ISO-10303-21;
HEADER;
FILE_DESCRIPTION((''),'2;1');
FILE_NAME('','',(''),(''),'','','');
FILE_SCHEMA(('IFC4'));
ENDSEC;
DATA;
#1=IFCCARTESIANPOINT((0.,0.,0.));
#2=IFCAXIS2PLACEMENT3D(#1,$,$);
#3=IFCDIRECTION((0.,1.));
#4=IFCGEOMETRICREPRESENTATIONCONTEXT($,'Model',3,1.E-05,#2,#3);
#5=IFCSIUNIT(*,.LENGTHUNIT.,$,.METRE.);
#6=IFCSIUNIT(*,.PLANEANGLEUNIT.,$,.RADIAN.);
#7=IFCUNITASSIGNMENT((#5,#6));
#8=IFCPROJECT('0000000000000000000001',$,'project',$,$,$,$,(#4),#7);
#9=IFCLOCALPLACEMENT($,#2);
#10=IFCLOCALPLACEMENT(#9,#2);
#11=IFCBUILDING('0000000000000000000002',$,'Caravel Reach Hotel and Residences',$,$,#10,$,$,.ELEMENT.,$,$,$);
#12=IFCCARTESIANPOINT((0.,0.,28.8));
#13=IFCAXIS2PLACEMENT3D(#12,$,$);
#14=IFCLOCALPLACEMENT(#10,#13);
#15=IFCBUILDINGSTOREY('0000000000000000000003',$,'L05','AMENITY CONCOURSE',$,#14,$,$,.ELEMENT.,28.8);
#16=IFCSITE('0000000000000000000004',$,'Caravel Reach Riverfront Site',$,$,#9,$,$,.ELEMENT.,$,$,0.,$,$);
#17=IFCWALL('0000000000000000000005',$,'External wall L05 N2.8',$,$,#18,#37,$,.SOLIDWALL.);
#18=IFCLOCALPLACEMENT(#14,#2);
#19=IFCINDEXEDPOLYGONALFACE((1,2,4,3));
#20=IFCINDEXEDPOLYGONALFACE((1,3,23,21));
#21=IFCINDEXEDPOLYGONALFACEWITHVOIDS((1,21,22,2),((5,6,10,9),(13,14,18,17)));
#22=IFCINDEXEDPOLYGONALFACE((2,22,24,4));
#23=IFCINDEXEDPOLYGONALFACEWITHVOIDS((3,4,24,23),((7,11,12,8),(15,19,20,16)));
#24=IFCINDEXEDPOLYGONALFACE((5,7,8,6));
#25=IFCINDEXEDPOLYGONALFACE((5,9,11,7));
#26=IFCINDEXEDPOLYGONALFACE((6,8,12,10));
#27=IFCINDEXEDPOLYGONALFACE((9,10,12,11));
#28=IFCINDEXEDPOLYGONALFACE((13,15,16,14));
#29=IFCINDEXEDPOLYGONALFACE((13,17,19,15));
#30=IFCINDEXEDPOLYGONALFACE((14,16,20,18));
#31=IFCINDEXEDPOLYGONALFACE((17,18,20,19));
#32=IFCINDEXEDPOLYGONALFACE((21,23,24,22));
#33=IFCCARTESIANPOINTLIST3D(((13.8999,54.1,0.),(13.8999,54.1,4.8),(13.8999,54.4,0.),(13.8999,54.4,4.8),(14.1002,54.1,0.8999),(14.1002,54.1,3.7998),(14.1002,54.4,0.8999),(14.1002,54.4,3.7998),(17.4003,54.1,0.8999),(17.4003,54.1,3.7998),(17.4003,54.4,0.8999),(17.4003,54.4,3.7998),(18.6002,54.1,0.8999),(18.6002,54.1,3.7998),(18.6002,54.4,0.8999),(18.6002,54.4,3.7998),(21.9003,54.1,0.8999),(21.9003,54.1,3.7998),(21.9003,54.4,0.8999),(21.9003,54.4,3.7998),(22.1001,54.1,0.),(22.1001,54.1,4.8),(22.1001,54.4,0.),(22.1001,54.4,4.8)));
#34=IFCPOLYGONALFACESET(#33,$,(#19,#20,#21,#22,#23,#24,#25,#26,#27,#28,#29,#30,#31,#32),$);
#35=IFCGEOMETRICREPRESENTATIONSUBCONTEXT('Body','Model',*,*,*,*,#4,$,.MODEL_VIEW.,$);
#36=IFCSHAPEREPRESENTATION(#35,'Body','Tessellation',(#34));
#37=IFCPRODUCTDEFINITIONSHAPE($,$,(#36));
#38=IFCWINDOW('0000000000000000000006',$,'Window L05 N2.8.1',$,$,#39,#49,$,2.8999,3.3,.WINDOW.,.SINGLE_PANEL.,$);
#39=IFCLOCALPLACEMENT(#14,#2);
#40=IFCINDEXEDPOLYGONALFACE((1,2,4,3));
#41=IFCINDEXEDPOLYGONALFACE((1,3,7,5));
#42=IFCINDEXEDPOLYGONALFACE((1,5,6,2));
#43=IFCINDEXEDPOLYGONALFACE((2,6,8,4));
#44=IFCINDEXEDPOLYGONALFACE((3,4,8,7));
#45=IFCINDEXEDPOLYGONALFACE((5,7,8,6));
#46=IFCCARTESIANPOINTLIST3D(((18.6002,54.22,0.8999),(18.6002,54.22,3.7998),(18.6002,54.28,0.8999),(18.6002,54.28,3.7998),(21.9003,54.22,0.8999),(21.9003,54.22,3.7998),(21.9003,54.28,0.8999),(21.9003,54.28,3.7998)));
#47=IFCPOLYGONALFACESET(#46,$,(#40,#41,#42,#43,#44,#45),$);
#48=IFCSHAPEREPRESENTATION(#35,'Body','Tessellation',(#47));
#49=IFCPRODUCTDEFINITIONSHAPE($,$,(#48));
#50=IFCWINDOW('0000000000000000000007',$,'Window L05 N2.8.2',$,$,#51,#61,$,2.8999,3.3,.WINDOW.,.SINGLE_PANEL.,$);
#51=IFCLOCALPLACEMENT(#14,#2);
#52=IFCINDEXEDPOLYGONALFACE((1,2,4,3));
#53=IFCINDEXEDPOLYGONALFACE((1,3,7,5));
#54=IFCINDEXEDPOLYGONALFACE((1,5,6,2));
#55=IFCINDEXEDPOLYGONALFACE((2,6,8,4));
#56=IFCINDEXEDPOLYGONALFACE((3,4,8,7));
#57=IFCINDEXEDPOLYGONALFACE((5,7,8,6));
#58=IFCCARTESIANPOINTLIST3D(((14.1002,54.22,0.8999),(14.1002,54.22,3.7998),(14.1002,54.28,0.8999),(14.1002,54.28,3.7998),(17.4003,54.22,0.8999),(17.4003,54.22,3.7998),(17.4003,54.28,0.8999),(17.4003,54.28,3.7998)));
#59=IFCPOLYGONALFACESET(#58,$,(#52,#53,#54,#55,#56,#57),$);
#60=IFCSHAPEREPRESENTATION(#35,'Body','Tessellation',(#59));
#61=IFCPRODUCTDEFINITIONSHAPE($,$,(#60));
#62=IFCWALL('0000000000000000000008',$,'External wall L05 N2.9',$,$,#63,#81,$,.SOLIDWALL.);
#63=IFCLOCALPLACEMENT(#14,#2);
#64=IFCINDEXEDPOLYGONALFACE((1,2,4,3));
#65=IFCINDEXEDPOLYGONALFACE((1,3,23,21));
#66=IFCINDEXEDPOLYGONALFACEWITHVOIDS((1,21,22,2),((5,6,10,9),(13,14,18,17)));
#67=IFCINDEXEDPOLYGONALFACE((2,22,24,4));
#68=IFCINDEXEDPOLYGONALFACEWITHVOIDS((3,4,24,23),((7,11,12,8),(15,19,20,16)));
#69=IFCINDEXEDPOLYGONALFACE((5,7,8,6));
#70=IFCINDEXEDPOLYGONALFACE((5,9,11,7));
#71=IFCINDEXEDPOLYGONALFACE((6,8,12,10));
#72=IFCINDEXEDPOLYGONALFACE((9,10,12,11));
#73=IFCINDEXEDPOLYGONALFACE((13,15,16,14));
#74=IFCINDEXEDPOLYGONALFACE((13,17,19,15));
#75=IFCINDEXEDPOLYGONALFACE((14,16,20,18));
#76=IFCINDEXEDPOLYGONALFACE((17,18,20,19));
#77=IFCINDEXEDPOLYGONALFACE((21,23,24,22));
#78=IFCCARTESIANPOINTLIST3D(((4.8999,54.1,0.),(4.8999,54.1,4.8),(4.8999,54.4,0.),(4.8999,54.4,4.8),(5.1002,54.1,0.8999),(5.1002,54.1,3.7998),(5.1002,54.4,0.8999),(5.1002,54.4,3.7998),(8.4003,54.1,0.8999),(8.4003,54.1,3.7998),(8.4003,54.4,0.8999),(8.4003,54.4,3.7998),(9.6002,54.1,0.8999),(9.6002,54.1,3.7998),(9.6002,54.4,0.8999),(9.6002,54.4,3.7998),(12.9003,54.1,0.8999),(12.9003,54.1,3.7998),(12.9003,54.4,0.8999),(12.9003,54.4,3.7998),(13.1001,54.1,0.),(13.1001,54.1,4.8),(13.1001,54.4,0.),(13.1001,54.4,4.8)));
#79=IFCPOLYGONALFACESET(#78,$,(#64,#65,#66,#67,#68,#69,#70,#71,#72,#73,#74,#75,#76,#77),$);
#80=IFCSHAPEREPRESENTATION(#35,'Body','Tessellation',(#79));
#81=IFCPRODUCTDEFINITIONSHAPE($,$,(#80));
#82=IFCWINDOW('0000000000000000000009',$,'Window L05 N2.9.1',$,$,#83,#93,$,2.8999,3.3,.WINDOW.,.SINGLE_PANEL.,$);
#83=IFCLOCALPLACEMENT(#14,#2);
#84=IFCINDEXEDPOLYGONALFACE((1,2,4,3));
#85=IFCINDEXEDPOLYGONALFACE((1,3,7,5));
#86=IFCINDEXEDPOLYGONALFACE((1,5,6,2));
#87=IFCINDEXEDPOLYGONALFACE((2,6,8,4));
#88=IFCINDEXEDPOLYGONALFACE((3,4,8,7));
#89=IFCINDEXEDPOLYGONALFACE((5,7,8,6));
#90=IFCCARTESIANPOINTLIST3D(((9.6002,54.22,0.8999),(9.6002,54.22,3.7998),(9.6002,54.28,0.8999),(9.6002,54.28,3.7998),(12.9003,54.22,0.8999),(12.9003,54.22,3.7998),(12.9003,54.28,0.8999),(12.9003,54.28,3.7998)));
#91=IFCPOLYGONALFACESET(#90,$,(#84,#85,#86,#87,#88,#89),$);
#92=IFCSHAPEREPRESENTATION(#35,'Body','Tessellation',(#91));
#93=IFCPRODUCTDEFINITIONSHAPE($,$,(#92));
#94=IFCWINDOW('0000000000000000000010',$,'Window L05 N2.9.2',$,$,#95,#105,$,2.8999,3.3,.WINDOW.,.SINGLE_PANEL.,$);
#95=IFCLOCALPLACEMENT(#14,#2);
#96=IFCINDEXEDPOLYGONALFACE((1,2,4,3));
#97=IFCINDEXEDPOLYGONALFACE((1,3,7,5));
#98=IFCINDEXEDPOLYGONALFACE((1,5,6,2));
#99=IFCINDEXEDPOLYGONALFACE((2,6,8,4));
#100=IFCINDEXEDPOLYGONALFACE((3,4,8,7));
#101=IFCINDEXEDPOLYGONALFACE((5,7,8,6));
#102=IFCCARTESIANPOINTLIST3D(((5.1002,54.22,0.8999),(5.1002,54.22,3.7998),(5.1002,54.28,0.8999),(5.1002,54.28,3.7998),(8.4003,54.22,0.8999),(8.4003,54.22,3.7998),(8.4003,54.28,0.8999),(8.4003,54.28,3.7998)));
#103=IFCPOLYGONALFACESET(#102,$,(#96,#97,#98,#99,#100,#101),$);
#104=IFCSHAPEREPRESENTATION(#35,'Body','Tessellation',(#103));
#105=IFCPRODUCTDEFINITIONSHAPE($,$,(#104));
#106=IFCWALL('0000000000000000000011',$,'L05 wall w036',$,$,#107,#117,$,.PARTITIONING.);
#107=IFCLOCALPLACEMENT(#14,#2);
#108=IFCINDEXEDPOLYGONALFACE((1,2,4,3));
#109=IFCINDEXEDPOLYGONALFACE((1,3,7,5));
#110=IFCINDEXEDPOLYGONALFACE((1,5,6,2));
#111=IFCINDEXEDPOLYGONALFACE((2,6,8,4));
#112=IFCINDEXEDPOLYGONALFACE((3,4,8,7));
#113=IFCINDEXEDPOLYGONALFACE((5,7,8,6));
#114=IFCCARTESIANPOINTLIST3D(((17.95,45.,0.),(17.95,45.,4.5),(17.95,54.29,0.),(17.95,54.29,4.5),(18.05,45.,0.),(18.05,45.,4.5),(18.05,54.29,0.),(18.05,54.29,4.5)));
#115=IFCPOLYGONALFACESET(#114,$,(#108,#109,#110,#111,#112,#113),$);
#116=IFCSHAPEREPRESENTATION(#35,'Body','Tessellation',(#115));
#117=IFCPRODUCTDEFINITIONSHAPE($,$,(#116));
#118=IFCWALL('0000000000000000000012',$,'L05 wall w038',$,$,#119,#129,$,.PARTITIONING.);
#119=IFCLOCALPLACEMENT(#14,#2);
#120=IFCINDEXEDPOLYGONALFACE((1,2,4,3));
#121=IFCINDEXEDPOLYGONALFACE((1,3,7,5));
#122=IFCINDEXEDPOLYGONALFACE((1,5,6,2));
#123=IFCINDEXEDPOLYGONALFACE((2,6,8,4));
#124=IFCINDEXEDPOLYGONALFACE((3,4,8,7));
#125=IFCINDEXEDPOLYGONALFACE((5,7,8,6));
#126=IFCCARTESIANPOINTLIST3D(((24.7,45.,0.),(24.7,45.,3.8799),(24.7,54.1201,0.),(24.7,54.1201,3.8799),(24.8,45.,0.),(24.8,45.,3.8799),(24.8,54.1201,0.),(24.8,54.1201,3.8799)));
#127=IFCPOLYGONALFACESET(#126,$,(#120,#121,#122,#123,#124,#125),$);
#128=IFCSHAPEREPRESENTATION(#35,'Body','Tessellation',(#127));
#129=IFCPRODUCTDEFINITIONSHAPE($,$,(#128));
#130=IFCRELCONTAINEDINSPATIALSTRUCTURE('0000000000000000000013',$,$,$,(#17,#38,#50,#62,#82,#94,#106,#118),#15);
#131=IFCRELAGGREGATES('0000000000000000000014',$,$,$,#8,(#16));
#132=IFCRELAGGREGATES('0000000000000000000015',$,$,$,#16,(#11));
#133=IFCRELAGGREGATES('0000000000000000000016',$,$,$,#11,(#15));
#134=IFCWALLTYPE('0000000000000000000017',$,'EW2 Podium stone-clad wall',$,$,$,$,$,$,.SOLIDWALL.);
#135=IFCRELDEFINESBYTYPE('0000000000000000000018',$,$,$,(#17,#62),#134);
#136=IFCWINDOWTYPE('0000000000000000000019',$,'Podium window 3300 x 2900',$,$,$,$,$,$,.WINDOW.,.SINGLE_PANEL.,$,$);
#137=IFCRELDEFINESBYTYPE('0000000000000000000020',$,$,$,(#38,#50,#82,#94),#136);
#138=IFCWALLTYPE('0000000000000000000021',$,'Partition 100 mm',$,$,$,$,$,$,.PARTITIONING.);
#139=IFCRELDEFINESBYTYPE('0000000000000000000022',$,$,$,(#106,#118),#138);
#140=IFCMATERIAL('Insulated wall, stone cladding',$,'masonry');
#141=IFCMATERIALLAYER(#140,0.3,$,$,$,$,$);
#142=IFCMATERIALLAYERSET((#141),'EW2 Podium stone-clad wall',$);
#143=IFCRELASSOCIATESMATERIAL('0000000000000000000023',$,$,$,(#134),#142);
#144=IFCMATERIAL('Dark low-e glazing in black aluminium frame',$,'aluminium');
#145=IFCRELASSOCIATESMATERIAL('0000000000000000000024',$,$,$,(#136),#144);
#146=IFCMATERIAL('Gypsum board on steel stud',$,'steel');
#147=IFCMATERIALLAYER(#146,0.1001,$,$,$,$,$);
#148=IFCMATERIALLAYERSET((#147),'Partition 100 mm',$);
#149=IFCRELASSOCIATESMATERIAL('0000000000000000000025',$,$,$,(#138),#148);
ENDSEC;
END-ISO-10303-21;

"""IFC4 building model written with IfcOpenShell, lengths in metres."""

from ifc_helpers import new_model, si_unit, direction, frame, frame_2d, origin, place, context, subcontext, project, spatial, rectangle, extrude, material, layer, layer_set, type_object, element, fill, save


model = new_model("IFC4")

# Units and contexts
model_context = context("Model", 3, precision=1e-05, world=origin(), true_north=direction((0.0, 1.0)))
body_context = subcontext(model_context, "Body", "Model", "MODEL_VIEW")
ifc_project = project(units=[si_unit("LENGTHUNIT", "METRE"), si_unit("PLANEANGLEUNIT", "RADIAN")], contexts=[model_context])

# Site, building, storey
site_placement = place(None, origin())
site = spatial("IfcSite", under=ifc_project, at=site_placement, Name="Caravel Reach Riverfront Site", CompositionType="ELEMENT", RefElevation=0.0)
building_placement = place(site_placement, origin())
building = spatial("IfcBuilding", under=site, at=building_placement, Name="Caravel Reach Hotel and Residences", CompositionType="ELEMENT")
storey_placement = place(building_placement, frame((0.0, 0.0, 28.8)))
storey = spatial("IfcBuildingStorey", under=building, at=storey_placement, Name="L05", Description="AMENITY CONCOURSE", CompositionType="ELEMENT", Elevation=28.8)

# Shared definitions
ifc_material_1 = material(Name="Insulated wall, stone cladding", Category="masonry")
ifc_layer_1 = layer(ifc_material_1, 0.3)
ifc_layer_set_1 = layer_set([ifc_layer_1], Name="EW2 Podium stone-clad wall")
wall_type_1 = type_object("IfcWallType", Name="EW2 Podium stone-clad wall", PredefinedType="SOLIDWALL", material=ifc_layer_set_1)
ifc_material_2 = material(Name="Dark low-e glazing in black aluminium frame", Category="aluminium")
window_type = type_object("IfcWindowType", Name="Podium window 3300 x 2900", PartitioningType="SINGLE_PANEL", PredefinedType="WINDOW", material=ifc_material_2)

# Walls, openings, windows
wall_1_placement = place(storey_placement, frame((22.1001, 54.25, 0.0), z_axis=(0.0, 0.0, 1.0), x_axis=(-1.0, 0.0, 0.0)))
wall_1 = element("IfcWall", 1, at=wall_1_placement, inside=storey, type_object=wall_type_1, Name="External wall L05 N2.8", PredefinedType="SOLIDWALL", context=body_context, shape_type="SweptSolid", body=[
    extrude(rectangle(XDim=8.2002, YDim=0.3, at=frame_2d((4.1001, 0.0))), origin(), (0.0, 0.0, 1.0), 4.8),
])
opening_1_placement = place(wall_1_placement, frame((0.2, 0.0, 0.8999)))
opening_1 = element("IfcOpeningElement", 2, at=opening_1_placement, cuts=wall_1, PredefinedType="OPENING", context=body_context, shape_type="SweptSolid", body=[
    extrude(rectangle(XDim=3.3, YDim=2.8999, at=frame_2d((1.6499, 1.45))), frame((0.0, 0.1599, 0.0), z_axis=(0.0, -1.0, 0.0), x_axis=(1.0, 0.0, 0.0)), (0.0, 0.0, 1.0), 0.3201),
])
opening_2_placement = place(wall_1_placement, frame((4.7, 0.0, 0.8999)))
opening_2 = element("IfcOpeningElement", 3, at=opening_2_placement, cuts=wall_1, PredefinedType="OPENING", context=body_context, shape_type="SweptSolid", body=[
    extrude(rectangle(XDim=3.3, YDim=2.8999, at=frame_2d((1.6499, 1.45))), frame((0.0, 0.1599, 0.0), z_axis=(0.0, -1.0, 0.0), x_axis=(1.0, 0.0, 0.0)), (0.0, 0.0, 1.0), 0.3201),
])
window_1_placement = place(opening_1_placement, origin())
window_1 = element("IfcWindow", 4, at=window_1_placement, inside=storey, type_object=window_type, Name="Window L05 N2.8.1", OverallHeight=2.8999, OverallWidth=3.3, PartitioningType="SINGLE_PANEL", PredefinedType="WINDOW", context=body_context, shape_type="SweptSolid", body=[
    extrude(rectangle(XDim=3.3, YDim=2.8999, at=frame_2d((1.6499, 1.45))), frame((0.0, 0.03, 0.0), z_axis=(0.0, -1.0, 0.0), x_axis=(1.0, 0.0, 0.0)), (0.0, 0.0, 1.0), 0.0601),
])
fill(opening_1, window_1)
window_2_placement = place(opening_2_placement, origin())
window_2 = element("IfcWindow", 5, at=window_2_placement, inside=storey, type_object=window_type, Name="Window L05 N2.8.2", OverallHeight=2.8999, OverallWidth=3.3, PartitioningType="SINGLE_PANEL", PredefinedType="WINDOW", context=body_context, shape_type="SweptSolid", body=[
    extrude(rectangle(XDim=3.3, YDim=2.8999, at=frame_2d((1.6499, 1.45))), frame((0.0, 0.03, 0.0), z_axis=(0.0, -1.0, 0.0), x_axis=(1.0, 0.0, 0.0)), (0.0, 0.0, 1.0), 0.0601),
])
fill(opening_2, window_2)
wall_2_placement = place(storey_placement, frame((13.1001, 54.25, 0.0), z_axis=(0.0, 0.0, 1.0), x_axis=(-1.0, 0.0, 0.0)))
wall_2 = element("IfcWall", 6, at=wall_2_placement, inside=storey, type_object=wall_type_1, Name="External wall L05 N2.9", PredefinedType="SOLIDWALL", context=body_context, shape_type="SweptSolid", body=[
    extrude(rectangle(XDim=8.2002, YDim=0.3, at=frame_2d((4.1001, 0.0))), origin(), (0.0, 0.0, 1.0), 4.8),
])
opening_3_placement = place(wall_2_placement, frame((0.2, 0.0, 0.8999)))
opening_3 = element("IfcOpeningElement", 7, at=opening_3_placement, cuts=wall_2, PredefinedType="OPENING", context=body_context, shape_type="SweptSolid", body=[
    extrude(rectangle(XDim=3.3, YDim=2.8999, at=frame_2d((1.6499, 1.45))), frame((0.0, 0.1599, 0.0), z_axis=(0.0, -1.0, 0.0), x_axis=(1.0, 0.0, 0.0)), (0.0, 0.0, 1.0), 0.3201),
])
opening_4_placement = place(wall_2_placement, frame((4.7, 0.0, 0.8999)))
opening_4 = element("IfcOpeningElement", 8, at=opening_4_placement, cuts=wall_2, PredefinedType="OPENING", context=body_context, shape_type="SweptSolid", body=[
    extrude(rectangle(XDim=3.3, YDim=2.8999, at=frame_2d((1.6499, 1.45))), frame((0.0, 0.1599, 0.0), z_axis=(0.0, -1.0, 0.0), x_axis=(1.0, 0.0, 0.0)), (0.0, 0.0, 1.0), 0.3201),
])
window_3_placement = place(opening_3_placement, origin())
window_3 = element("IfcWindow", 9, at=window_3_placement, inside=storey, type_object=window_type, Name="Window L05 N2.9.1", OverallHeight=2.8999, OverallWidth=3.3, PartitioningType="SINGLE_PANEL", PredefinedType="WINDOW", context=body_context, shape_type="SweptSolid", body=[
    extrude(rectangle(XDim=3.3, YDim=2.8999, at=frame_2d((1.6499, 1.45))), frame((0.0, 0.03, 0.0), z_axis=(0.0, -1.0, 0.0), x_axis=(1.0, 0.0, 0.0)), (0.0, 0.0, 1.0), 0.0601),
])
fill(opening_3, window_3)
window_4_placement = place(opening_4_placement, origin())
window_4 = element("IfcWindow", 10, at=window_4_placement, inside=storey, type_object=window_type, Name="Window L05 N2.9.2", OverallHeight=2.8999, OverallWidth=3.3, PartitioningType="SINGLE_PANEL", PredefinedType="WINDOW", context=body_context, shape_type="SweptSolid", body=[
    extrude(rectangle(XDim=3.3, YDim=2.8999, at=frame_2d((1.6499, 1.45))), frame((0.0, 0.03, 0.0), z_axis=(0.0, -1.0, 0.0), x_axis=(1.0, 0.0, 0.0)), (0.0, 0.0, 1.0), 0.0601),
])
fill(opening_4, window_4)

# Walls
ifc_material_3 = material(Name="Gypsum board on steel stud", Category="steel")
ifc_layer_2 = layer(ifc_material_3, 0.1001)
ifc_layer_set_2 = layer_set([ifc_layer_2], Name="Partition 100 mm")
wall_type_2 = type_object("IfcWallType", Name="Partition 100 mm", PredefinedType="PARTITIONING", material=ifc_layer_set_2)
wall_3_placement = place(storey_placement, frame((18.0, 45.0, 0.0), z_axis=(0.0, 0.0, 1.0), x_axis=(0.0, 1.0, 0.0)))
element("IfcWall", 11, at=wall_3_placement, inside=storey, type_object=wall_type_2, Name="L05 wall w036", PredefinedType="PARTITIONING", context=body_context, shape_type="SweptSolid", body=[
    extrude(rectangle(XDim=9.29, YDim=0.1001, at=frame_2d((4.645, 0.0))), origin(), (0.0, 0.0, 1.0), 4.5),
])
wall_4_placement = place(storey_placement, frame((24.75, 45.0, 0.0), z_axis=(0.0, 0.0, 1.0), x_axis=(0.0, 1.0, 0.0)))
element("IfcWall", 12, at=wall_4_placement, inside=storey, type_object=wall_type_2, Name="L05 wall w038", PredefinedType="PARTITIONING", context=body_context, shape_type="SweptSolid", body=[
    extrude(rectangle(XDim=9.1201, YDim=0.1001, at=frame_2d((4.5601, 0.0))), origin(), (0.0, 0.0, 1.0), 3.8799),
])

save(model, "model.ifc")
